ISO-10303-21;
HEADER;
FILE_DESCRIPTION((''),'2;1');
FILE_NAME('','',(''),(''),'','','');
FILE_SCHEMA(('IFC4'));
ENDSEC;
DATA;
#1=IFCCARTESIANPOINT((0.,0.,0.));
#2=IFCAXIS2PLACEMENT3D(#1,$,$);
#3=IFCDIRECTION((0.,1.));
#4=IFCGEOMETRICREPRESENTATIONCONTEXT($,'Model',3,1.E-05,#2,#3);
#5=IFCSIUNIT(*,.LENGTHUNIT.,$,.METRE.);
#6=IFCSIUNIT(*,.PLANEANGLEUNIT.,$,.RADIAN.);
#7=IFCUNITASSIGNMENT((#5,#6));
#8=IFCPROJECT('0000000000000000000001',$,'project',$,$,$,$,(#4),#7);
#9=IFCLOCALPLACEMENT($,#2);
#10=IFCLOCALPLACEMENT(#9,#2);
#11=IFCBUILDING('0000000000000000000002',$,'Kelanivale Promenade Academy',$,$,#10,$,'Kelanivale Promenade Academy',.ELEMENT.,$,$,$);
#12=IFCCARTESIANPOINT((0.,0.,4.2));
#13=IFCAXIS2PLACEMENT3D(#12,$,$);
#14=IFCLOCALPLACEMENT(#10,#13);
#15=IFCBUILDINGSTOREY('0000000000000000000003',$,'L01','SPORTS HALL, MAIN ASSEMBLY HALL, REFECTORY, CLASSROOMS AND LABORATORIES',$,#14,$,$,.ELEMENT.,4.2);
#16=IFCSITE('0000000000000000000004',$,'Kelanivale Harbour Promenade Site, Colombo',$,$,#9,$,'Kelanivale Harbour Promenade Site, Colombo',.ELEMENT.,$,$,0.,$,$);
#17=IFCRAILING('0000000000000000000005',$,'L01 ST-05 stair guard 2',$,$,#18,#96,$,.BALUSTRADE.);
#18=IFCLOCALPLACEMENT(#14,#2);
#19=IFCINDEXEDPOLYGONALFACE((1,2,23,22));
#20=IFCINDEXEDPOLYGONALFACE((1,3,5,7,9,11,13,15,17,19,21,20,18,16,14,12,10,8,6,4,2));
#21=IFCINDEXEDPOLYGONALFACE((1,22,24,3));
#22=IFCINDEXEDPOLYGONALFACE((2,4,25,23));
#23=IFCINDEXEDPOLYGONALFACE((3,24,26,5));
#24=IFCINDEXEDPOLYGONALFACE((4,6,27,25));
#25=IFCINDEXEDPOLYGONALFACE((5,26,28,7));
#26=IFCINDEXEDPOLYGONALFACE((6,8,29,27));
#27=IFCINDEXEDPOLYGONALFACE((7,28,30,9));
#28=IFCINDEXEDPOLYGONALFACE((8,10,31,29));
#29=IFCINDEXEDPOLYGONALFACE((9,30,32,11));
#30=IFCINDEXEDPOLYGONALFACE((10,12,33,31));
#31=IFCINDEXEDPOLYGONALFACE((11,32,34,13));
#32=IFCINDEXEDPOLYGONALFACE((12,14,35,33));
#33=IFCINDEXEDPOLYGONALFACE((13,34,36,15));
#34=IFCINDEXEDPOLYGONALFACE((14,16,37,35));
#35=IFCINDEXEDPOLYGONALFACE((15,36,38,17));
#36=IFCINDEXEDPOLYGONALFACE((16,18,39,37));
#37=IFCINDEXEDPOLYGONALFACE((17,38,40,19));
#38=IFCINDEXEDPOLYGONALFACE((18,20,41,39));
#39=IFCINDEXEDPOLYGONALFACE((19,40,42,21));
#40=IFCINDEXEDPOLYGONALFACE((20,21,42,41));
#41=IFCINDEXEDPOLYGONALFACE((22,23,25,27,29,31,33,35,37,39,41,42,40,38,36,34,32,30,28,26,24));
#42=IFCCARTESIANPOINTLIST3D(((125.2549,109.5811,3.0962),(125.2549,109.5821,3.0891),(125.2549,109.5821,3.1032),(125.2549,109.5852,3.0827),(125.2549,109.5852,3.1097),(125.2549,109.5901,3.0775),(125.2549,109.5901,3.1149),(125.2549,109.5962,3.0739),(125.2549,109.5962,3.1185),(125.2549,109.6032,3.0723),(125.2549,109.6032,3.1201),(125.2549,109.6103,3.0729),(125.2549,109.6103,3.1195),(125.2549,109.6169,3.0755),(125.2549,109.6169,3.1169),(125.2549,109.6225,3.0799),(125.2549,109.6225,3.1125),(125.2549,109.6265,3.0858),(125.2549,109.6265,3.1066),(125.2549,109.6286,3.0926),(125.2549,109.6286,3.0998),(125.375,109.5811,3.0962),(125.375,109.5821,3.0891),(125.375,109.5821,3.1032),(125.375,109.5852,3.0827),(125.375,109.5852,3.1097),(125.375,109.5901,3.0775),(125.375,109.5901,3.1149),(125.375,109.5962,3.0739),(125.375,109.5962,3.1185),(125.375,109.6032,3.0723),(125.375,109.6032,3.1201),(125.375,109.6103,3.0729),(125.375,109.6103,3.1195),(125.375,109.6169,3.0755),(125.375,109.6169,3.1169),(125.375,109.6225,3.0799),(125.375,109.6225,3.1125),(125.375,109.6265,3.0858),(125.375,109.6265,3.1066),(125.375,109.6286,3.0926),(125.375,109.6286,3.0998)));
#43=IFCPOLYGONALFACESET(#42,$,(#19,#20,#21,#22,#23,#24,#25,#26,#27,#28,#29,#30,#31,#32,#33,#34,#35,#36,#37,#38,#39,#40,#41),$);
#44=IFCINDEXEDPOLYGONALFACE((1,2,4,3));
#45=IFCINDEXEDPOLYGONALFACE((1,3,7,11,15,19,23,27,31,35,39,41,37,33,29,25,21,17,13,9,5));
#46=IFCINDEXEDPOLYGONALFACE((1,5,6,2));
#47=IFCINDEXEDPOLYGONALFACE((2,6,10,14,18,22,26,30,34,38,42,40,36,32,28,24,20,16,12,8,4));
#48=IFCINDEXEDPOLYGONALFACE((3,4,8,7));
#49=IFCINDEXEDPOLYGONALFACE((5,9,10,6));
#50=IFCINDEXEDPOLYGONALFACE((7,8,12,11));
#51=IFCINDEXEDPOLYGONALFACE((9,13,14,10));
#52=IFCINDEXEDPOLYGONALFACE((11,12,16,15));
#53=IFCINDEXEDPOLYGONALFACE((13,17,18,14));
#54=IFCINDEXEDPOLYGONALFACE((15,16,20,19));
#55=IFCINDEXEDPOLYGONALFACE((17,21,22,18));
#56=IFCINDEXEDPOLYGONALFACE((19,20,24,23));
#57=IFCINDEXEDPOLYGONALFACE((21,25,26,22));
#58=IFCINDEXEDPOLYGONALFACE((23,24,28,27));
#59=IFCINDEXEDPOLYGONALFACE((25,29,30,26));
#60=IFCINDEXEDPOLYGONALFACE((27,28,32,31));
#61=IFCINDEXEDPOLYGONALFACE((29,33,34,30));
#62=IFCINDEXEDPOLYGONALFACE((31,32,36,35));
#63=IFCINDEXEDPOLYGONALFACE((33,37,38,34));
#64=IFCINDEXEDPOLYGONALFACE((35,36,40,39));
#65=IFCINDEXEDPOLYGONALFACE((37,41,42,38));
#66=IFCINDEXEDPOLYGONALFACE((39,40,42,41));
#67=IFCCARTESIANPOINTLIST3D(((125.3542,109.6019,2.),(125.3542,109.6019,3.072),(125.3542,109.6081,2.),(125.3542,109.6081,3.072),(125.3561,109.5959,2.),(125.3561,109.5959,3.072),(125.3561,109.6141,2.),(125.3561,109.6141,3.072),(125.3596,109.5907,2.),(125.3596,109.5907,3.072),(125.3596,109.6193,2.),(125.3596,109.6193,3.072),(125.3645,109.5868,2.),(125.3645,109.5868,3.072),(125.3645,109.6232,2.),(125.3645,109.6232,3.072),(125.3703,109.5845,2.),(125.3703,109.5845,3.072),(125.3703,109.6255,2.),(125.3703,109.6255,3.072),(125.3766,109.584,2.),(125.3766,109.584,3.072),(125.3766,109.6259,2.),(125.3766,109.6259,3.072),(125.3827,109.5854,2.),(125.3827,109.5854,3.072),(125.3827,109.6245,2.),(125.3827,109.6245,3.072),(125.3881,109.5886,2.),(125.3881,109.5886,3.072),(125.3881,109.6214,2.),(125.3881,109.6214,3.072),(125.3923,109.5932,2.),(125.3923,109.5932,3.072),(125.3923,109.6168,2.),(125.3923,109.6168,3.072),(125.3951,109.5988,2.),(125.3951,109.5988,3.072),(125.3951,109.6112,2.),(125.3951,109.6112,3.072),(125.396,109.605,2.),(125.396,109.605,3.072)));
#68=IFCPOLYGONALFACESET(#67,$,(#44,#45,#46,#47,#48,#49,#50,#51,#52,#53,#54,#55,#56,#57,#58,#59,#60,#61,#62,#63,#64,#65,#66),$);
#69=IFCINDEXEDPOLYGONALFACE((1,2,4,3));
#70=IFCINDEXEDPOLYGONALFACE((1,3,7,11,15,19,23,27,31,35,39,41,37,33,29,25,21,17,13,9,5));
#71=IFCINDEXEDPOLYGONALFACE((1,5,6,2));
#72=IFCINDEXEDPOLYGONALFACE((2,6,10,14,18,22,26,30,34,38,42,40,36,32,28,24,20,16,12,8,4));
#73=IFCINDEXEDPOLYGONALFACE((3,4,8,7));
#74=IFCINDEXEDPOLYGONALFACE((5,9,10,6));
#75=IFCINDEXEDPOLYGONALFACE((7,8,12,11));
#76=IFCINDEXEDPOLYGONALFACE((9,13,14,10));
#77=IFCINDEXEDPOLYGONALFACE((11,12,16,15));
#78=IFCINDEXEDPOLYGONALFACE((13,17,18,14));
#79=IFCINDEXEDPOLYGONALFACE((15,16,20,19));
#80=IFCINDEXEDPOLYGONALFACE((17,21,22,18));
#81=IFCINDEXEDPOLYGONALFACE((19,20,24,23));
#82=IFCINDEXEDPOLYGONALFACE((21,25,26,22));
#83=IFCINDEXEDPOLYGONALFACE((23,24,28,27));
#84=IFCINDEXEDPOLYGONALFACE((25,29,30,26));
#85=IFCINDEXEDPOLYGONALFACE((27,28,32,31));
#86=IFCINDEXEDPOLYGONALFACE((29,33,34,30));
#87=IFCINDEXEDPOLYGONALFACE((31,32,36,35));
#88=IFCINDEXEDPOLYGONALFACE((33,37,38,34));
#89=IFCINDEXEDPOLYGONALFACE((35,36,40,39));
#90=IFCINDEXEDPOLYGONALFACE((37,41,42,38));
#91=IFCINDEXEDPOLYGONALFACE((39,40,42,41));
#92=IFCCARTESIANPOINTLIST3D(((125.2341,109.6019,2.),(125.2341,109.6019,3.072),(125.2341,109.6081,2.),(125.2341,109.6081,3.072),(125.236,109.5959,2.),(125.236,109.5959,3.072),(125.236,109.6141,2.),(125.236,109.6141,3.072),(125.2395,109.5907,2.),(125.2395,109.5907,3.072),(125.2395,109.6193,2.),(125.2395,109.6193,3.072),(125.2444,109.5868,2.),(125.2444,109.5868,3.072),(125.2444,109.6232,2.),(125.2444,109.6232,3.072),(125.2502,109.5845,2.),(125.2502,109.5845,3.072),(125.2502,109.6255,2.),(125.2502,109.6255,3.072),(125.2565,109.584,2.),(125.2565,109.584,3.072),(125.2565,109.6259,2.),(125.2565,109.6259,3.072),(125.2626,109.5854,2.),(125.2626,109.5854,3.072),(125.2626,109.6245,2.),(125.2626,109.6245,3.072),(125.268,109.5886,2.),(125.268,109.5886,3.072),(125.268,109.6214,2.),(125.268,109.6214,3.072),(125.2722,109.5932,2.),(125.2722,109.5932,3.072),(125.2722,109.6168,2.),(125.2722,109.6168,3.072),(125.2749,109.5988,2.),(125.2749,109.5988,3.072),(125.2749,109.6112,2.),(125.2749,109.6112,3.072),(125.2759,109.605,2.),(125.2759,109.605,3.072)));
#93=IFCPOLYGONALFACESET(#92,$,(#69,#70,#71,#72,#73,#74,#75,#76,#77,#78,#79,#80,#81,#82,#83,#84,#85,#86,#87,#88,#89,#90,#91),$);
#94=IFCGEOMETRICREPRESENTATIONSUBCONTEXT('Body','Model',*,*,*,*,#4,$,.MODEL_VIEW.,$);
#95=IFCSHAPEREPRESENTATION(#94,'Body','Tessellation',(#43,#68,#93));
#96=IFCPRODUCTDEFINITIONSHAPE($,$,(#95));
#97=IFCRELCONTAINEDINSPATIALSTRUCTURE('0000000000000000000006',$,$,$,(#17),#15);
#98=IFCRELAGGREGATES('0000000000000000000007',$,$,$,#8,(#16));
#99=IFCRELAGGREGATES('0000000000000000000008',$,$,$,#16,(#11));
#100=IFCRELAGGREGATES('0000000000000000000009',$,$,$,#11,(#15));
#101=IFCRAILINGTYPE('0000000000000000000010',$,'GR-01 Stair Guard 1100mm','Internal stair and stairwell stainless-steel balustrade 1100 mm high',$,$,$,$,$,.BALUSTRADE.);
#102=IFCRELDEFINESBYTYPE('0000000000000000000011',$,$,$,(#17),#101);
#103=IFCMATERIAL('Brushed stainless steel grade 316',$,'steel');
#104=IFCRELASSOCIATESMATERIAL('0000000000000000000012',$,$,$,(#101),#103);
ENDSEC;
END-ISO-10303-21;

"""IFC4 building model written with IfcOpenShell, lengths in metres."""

from ifc_helpers import new_model, si_unit, direction, frame, origin, origin_2d, place, context, subcontext, project, spatial, circle, extrude, material, type_object, element, save


model = new_model("IFC4")

# Units and contexts
model_context = context("Model", 3, precision=1e-05, world=origin(), true_north=direction((0.0, 1.0)))
body_context = subcontext(model_context, "Body", "Model", "MODEL_VIEW")
ifc_project = project(units=[si_unit("LENGTHUNIT", "METRE"), si_unit("PLANEANGLEUNIT", "RADIAN")], contexts=[model_context])

# Site, building, storey
site_placement = place(None, origin())
site = spatial("IfcSite", under=ifc_project, at=site_placement, Name="Kelanivale Harbour Promenade Site, Colombo", LongName="Kelanivale Harbour Promenade Site, Colombo", CompositionType="ELEMENT", RefElevation=0.0)
building_placement = place(site_placement, origin())
building = spatial("IfcBuilding", under=site, at=building_placement, Name="Kelanivale Promenade Academy", LongName="Kelanivale Promenade Academy", CompositionType="ELEMENT")
storey_placement = place(building_placement, frame((0.0, 0.0, 4.2)))
storey = spatial("IfcBuildingStorey", under=building, at=storey_placement, Name="L01", Description="SPORTS HALL, MAIN ASSEMBLY HALL, REFECTORY, CLASSROOMS AND LABORATORIES", CompositionType="ELEMENT", Elevation=4.2)

# Railing
ifc_material_1 = material(Name="Brushed stainless steel grade 316", Category="steel")
railing_type_1 = type_object("IfcRailingType", Name="GR-01 Stair Guard 1100mm", Description="Internal stair and stairwell stainless-steel balustrade 1100 mm high", PredefinedType="BALUSTRADE", material=ifc_material_1)
railing_1_placement = place(storey_placement, frame((125.375, 109.605, 2.0)))
element("IfcRailing", 1, at=railing_1_placement, inside=storey, type_object=railing_type_1, Name="L01 ST-05 stair guard 2", PredefinedType="BALUSTRADE", context=body_context, shape_type="SweptSolid", body=[
    extrude(circle(Radius=0.0239, at=origin_2d()), frame((0.0, 0.0, 1.0962), z_axis=(-1.0, 0.0, 0.0), x_axis=(0.0, -1.0, 0.0)), (0.0, 0.0, 1.0), 0.1201),
    extrude(circle(Radius=0.021, at=origin_2d()), origin(), (0.0, 0.0, 1.0), 1.072),
    extrude(circle(Radius=0.021, at=origin_2d()), frame((-0.1201, 0.0, 0.0)), (0.0, 0.0, 1.0), 1.072),
])

save(model, "model.ifc")
